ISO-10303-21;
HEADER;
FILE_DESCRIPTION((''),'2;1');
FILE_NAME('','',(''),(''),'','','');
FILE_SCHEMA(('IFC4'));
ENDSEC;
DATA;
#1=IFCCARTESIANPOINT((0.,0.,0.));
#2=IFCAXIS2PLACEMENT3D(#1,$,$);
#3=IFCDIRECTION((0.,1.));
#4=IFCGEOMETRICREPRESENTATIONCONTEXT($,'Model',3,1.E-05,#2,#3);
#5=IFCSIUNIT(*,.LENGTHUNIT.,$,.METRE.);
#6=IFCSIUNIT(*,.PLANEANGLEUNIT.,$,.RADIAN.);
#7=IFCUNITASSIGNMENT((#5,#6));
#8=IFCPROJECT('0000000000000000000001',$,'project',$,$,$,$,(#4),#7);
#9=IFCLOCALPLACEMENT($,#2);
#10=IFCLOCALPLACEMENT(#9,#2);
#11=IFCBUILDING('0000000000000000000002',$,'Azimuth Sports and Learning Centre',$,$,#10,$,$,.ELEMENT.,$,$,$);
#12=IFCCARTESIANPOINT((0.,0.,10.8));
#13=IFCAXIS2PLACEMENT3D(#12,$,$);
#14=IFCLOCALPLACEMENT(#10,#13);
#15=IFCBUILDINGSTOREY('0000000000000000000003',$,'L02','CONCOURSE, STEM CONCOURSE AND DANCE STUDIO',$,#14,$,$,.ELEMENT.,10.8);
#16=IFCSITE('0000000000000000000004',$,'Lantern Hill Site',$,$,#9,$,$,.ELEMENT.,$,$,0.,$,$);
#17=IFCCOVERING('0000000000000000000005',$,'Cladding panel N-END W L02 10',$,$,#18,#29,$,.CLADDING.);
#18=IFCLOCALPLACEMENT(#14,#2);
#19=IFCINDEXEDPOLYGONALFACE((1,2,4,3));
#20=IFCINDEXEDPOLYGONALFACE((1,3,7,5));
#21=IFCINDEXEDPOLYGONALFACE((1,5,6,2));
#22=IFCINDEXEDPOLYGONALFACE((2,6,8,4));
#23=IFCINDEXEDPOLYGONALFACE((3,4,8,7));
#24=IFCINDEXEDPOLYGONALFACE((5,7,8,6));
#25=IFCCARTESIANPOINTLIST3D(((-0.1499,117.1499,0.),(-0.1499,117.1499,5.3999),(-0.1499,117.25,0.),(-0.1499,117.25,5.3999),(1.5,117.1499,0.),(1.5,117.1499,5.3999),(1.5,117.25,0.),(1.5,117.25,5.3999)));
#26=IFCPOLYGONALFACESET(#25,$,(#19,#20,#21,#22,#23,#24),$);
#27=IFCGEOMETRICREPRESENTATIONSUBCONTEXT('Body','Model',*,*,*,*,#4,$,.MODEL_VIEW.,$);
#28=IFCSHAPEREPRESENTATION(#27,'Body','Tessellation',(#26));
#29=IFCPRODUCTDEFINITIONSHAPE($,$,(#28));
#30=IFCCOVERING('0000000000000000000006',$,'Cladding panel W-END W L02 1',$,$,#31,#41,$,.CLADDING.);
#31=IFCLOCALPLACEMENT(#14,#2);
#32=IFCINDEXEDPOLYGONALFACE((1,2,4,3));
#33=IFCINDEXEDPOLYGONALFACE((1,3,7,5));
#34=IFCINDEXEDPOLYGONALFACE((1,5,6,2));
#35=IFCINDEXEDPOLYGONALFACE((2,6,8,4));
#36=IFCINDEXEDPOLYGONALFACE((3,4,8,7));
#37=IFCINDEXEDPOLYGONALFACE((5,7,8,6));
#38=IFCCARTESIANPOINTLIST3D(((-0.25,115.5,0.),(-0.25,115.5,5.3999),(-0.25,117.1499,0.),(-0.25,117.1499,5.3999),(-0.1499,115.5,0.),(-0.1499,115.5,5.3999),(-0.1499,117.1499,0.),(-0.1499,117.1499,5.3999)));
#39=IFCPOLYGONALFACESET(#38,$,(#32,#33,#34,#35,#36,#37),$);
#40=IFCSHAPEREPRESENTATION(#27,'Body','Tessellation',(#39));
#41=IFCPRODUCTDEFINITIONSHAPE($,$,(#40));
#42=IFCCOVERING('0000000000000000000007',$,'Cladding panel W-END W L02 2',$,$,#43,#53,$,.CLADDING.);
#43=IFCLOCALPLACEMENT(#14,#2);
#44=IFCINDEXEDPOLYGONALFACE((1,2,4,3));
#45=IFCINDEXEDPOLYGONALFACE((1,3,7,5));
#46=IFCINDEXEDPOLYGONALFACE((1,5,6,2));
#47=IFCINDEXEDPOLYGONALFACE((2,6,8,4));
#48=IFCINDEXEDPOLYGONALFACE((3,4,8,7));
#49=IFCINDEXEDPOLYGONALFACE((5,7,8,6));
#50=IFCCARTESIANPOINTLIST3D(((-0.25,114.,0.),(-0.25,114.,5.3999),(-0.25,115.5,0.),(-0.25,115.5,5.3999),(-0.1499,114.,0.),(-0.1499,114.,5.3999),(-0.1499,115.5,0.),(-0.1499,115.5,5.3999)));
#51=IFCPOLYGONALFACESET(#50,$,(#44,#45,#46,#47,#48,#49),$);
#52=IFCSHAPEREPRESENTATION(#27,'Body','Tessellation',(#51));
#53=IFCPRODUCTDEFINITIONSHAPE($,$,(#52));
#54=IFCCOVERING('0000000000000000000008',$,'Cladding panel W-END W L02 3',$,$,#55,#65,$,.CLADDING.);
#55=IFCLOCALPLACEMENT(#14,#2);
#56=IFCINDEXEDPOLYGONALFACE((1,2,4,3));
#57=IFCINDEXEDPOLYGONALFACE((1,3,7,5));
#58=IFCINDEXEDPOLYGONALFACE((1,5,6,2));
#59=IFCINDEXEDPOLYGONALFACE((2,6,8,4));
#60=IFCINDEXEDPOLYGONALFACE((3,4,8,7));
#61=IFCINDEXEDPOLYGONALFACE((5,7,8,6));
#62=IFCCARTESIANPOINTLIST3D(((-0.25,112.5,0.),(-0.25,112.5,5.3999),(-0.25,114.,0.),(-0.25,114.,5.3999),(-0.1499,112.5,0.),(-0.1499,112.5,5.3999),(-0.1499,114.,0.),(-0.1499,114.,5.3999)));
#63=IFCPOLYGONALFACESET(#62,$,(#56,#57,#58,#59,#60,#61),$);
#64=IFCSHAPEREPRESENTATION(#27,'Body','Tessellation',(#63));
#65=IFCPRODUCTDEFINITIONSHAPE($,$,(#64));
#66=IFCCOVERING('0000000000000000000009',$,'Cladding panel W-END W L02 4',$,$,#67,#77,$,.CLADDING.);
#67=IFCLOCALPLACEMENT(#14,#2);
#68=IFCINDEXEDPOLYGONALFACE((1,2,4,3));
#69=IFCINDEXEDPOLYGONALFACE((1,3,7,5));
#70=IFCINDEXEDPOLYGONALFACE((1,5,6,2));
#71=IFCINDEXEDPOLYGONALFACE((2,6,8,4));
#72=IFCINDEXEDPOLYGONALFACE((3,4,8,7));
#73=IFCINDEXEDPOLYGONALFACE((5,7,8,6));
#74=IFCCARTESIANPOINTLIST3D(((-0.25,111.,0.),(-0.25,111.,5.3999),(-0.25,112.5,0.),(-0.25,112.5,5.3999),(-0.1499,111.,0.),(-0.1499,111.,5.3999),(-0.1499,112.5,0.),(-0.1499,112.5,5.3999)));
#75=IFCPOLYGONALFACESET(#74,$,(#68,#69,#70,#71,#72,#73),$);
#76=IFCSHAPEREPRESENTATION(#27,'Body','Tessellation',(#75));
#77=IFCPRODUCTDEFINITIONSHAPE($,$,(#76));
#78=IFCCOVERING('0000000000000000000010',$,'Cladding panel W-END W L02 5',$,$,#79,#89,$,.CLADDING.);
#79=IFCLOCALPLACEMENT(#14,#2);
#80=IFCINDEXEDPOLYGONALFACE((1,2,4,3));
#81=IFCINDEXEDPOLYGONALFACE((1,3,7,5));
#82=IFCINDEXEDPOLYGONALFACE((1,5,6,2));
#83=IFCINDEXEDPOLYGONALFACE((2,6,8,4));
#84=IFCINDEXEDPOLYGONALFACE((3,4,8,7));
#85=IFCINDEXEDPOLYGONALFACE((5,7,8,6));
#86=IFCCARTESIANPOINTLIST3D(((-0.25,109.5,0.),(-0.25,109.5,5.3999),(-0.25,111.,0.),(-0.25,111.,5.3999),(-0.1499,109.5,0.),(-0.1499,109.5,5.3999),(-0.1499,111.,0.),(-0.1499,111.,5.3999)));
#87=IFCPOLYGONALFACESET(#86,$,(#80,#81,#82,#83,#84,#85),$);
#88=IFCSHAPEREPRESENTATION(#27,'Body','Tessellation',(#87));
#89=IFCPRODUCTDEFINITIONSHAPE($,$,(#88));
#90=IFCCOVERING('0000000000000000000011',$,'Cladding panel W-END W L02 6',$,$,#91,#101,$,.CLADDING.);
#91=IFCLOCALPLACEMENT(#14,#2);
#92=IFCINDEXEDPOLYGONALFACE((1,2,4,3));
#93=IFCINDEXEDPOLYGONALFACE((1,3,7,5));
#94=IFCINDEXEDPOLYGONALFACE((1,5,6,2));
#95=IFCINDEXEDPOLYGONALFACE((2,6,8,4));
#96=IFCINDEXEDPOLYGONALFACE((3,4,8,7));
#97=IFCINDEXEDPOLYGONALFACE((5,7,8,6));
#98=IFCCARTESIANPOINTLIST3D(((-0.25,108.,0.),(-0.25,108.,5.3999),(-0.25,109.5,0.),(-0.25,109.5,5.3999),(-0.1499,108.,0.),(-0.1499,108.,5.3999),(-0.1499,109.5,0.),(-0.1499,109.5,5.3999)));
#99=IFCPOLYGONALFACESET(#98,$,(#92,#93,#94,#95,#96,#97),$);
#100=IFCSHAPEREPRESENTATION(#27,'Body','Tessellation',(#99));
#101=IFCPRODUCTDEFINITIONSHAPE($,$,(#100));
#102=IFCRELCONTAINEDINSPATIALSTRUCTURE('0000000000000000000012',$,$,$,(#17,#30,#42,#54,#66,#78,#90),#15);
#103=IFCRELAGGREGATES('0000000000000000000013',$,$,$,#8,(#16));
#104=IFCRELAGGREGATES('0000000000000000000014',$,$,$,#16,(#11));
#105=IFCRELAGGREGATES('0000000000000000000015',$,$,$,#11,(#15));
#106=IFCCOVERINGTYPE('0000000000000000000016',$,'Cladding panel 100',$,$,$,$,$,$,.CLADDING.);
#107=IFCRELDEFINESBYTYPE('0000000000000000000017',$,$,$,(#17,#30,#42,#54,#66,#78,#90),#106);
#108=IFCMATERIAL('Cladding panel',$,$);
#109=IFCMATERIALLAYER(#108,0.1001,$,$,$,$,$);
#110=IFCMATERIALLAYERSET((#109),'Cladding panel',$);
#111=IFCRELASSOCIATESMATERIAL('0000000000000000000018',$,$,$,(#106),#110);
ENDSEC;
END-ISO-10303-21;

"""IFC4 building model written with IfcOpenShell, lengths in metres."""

from ifc_helpers import new_model, si_unit, direction, frame, origin, origin_2d, place, context, subcontext, project, spatial, rectangle, extrude, material, layer, layer_set, type_object, element, save


model = new_model("IFC4")

# Units and contexts
model_context = context("Model", 3, precision=1e-05, world=origin(), true_north=direction((0.0, 1.0)))
body_context = subcontext(model_context, "Body", "Model", "MODEL_VIEW")
ifc_project = project(units=[si_unit("LENGTHUNIT", "METRE"), si_unit("PLANEANGLEUNIT", "RADIAN")], contexts=[model_context])

# Site, building, storey
site_placement = place(None, origin())
site = spatial("IfcSite", under=ifc_project, at=site_placement, Name="Lantern Hill Site", CompositionType="ELEMENT", RefElevation=0.0)
building_placement = place(site_placement, origin())
building = spatial("IfcBuilding", under=site, at=building_placement, Name="Azimuth Sports and Learning Centre", CompositionType="ELEMENT")
storey_placement = place(building_placement, frame((0.0, 0.0, 10.8)))
storey = spatial("IfcBuildingStorey", under=building, at=storey_placement, Name="L02", Description="CONCOURSE, STEM CONCOURSE AND DANCE STUDIO", CompositionType="ELEMENT", Elevation=10.8)

# Coverings
ifc_material_1 = material(Name="Cladding panel")
ifc_layer_1 = layer(ifc_material_1, 0.1001)
ifc_layer_set_1 = layer_set([ifc_layer_1], Name="Cladding panel")
covering_type = type_object("IfcCoveringType", Name="Cladding panel 100", PredefinedType="CLADDING", material=ifc_layer_set_1)
for number, where, z_axis, x_axis, name in (
    (1, (0.675, 117.2, 0.0), (0.0, 0.0, 1.0), (-1.0, 0.0, 0.0), "Cladding panel N-END W L02 10"),
    (2, (-0.2, 116.325, 0.0), (0.0, 0.0, 1.0), (0.0, -1.0, 0.0), "Cladding panel W-END W L02 1"),
):
    element("IfcCovering", number, at=place(storey_placement, frame(where, z_axis=z_axis, x_axis=x_axis)), inside=storey, type_object=covering_type, Name=name, PredefinedType="CLADDING", context=body_context, shape_type="SweptSolid", body=[
        extrude(rectangle(XDim=1.6499, YDim=0.1001, at=origin_2d()), origin(), (0.0, 0.0, 1.0), 5.3999),
    ])
for number, where, z_axis, x_axis, name in (
    (3, (-0.2, 114.75, 0.0), (0.0, 0.0, 1.0), (0.0, -1.0, 0.0), "Cladding panel W-END W L02 2"),
    (4, (-0.2, 113.25, 0.0), (0.0, 0.0, 1.0), (0.0, -1.0, 0.0), "Cladding panel W-END W L02 3"),
    (5, (-0.2, 111.75, 0.0), (0.0, 0.0, 1.0), (0.0, -1.0, 0.0), "Cladding panel W-END W L02 4"),
    (6, (-0.2, 110.25, 0.0), (0.0, 0.0, 1.0), (0.0, -1.0, 0.0), "Cladding panel W-END W L02 5"),
    (7, (-0.2, 108.75, 0.0), (0.0, 0.0, 1.0), (0.0, -1.0, 0.0), "Cladding panel W-END W L02 6"),
):
    element("IfcCovering", number, at=place(storey_placement, frame(where, z_axis=z_axis, x_axis=x_axis)), inside=storey, type_object=covering_type, Name=name, PredefinedType="CLADDING", context=body_context, shape_type="SweptSolid", body=[
        extrude(rectangle(XDim=1.5, YDim=0.1001, at=origin_2d()), origin(), (0.0, 0.0, 1.0), 5.3999),
    ])

save(model, "model.ifc")
